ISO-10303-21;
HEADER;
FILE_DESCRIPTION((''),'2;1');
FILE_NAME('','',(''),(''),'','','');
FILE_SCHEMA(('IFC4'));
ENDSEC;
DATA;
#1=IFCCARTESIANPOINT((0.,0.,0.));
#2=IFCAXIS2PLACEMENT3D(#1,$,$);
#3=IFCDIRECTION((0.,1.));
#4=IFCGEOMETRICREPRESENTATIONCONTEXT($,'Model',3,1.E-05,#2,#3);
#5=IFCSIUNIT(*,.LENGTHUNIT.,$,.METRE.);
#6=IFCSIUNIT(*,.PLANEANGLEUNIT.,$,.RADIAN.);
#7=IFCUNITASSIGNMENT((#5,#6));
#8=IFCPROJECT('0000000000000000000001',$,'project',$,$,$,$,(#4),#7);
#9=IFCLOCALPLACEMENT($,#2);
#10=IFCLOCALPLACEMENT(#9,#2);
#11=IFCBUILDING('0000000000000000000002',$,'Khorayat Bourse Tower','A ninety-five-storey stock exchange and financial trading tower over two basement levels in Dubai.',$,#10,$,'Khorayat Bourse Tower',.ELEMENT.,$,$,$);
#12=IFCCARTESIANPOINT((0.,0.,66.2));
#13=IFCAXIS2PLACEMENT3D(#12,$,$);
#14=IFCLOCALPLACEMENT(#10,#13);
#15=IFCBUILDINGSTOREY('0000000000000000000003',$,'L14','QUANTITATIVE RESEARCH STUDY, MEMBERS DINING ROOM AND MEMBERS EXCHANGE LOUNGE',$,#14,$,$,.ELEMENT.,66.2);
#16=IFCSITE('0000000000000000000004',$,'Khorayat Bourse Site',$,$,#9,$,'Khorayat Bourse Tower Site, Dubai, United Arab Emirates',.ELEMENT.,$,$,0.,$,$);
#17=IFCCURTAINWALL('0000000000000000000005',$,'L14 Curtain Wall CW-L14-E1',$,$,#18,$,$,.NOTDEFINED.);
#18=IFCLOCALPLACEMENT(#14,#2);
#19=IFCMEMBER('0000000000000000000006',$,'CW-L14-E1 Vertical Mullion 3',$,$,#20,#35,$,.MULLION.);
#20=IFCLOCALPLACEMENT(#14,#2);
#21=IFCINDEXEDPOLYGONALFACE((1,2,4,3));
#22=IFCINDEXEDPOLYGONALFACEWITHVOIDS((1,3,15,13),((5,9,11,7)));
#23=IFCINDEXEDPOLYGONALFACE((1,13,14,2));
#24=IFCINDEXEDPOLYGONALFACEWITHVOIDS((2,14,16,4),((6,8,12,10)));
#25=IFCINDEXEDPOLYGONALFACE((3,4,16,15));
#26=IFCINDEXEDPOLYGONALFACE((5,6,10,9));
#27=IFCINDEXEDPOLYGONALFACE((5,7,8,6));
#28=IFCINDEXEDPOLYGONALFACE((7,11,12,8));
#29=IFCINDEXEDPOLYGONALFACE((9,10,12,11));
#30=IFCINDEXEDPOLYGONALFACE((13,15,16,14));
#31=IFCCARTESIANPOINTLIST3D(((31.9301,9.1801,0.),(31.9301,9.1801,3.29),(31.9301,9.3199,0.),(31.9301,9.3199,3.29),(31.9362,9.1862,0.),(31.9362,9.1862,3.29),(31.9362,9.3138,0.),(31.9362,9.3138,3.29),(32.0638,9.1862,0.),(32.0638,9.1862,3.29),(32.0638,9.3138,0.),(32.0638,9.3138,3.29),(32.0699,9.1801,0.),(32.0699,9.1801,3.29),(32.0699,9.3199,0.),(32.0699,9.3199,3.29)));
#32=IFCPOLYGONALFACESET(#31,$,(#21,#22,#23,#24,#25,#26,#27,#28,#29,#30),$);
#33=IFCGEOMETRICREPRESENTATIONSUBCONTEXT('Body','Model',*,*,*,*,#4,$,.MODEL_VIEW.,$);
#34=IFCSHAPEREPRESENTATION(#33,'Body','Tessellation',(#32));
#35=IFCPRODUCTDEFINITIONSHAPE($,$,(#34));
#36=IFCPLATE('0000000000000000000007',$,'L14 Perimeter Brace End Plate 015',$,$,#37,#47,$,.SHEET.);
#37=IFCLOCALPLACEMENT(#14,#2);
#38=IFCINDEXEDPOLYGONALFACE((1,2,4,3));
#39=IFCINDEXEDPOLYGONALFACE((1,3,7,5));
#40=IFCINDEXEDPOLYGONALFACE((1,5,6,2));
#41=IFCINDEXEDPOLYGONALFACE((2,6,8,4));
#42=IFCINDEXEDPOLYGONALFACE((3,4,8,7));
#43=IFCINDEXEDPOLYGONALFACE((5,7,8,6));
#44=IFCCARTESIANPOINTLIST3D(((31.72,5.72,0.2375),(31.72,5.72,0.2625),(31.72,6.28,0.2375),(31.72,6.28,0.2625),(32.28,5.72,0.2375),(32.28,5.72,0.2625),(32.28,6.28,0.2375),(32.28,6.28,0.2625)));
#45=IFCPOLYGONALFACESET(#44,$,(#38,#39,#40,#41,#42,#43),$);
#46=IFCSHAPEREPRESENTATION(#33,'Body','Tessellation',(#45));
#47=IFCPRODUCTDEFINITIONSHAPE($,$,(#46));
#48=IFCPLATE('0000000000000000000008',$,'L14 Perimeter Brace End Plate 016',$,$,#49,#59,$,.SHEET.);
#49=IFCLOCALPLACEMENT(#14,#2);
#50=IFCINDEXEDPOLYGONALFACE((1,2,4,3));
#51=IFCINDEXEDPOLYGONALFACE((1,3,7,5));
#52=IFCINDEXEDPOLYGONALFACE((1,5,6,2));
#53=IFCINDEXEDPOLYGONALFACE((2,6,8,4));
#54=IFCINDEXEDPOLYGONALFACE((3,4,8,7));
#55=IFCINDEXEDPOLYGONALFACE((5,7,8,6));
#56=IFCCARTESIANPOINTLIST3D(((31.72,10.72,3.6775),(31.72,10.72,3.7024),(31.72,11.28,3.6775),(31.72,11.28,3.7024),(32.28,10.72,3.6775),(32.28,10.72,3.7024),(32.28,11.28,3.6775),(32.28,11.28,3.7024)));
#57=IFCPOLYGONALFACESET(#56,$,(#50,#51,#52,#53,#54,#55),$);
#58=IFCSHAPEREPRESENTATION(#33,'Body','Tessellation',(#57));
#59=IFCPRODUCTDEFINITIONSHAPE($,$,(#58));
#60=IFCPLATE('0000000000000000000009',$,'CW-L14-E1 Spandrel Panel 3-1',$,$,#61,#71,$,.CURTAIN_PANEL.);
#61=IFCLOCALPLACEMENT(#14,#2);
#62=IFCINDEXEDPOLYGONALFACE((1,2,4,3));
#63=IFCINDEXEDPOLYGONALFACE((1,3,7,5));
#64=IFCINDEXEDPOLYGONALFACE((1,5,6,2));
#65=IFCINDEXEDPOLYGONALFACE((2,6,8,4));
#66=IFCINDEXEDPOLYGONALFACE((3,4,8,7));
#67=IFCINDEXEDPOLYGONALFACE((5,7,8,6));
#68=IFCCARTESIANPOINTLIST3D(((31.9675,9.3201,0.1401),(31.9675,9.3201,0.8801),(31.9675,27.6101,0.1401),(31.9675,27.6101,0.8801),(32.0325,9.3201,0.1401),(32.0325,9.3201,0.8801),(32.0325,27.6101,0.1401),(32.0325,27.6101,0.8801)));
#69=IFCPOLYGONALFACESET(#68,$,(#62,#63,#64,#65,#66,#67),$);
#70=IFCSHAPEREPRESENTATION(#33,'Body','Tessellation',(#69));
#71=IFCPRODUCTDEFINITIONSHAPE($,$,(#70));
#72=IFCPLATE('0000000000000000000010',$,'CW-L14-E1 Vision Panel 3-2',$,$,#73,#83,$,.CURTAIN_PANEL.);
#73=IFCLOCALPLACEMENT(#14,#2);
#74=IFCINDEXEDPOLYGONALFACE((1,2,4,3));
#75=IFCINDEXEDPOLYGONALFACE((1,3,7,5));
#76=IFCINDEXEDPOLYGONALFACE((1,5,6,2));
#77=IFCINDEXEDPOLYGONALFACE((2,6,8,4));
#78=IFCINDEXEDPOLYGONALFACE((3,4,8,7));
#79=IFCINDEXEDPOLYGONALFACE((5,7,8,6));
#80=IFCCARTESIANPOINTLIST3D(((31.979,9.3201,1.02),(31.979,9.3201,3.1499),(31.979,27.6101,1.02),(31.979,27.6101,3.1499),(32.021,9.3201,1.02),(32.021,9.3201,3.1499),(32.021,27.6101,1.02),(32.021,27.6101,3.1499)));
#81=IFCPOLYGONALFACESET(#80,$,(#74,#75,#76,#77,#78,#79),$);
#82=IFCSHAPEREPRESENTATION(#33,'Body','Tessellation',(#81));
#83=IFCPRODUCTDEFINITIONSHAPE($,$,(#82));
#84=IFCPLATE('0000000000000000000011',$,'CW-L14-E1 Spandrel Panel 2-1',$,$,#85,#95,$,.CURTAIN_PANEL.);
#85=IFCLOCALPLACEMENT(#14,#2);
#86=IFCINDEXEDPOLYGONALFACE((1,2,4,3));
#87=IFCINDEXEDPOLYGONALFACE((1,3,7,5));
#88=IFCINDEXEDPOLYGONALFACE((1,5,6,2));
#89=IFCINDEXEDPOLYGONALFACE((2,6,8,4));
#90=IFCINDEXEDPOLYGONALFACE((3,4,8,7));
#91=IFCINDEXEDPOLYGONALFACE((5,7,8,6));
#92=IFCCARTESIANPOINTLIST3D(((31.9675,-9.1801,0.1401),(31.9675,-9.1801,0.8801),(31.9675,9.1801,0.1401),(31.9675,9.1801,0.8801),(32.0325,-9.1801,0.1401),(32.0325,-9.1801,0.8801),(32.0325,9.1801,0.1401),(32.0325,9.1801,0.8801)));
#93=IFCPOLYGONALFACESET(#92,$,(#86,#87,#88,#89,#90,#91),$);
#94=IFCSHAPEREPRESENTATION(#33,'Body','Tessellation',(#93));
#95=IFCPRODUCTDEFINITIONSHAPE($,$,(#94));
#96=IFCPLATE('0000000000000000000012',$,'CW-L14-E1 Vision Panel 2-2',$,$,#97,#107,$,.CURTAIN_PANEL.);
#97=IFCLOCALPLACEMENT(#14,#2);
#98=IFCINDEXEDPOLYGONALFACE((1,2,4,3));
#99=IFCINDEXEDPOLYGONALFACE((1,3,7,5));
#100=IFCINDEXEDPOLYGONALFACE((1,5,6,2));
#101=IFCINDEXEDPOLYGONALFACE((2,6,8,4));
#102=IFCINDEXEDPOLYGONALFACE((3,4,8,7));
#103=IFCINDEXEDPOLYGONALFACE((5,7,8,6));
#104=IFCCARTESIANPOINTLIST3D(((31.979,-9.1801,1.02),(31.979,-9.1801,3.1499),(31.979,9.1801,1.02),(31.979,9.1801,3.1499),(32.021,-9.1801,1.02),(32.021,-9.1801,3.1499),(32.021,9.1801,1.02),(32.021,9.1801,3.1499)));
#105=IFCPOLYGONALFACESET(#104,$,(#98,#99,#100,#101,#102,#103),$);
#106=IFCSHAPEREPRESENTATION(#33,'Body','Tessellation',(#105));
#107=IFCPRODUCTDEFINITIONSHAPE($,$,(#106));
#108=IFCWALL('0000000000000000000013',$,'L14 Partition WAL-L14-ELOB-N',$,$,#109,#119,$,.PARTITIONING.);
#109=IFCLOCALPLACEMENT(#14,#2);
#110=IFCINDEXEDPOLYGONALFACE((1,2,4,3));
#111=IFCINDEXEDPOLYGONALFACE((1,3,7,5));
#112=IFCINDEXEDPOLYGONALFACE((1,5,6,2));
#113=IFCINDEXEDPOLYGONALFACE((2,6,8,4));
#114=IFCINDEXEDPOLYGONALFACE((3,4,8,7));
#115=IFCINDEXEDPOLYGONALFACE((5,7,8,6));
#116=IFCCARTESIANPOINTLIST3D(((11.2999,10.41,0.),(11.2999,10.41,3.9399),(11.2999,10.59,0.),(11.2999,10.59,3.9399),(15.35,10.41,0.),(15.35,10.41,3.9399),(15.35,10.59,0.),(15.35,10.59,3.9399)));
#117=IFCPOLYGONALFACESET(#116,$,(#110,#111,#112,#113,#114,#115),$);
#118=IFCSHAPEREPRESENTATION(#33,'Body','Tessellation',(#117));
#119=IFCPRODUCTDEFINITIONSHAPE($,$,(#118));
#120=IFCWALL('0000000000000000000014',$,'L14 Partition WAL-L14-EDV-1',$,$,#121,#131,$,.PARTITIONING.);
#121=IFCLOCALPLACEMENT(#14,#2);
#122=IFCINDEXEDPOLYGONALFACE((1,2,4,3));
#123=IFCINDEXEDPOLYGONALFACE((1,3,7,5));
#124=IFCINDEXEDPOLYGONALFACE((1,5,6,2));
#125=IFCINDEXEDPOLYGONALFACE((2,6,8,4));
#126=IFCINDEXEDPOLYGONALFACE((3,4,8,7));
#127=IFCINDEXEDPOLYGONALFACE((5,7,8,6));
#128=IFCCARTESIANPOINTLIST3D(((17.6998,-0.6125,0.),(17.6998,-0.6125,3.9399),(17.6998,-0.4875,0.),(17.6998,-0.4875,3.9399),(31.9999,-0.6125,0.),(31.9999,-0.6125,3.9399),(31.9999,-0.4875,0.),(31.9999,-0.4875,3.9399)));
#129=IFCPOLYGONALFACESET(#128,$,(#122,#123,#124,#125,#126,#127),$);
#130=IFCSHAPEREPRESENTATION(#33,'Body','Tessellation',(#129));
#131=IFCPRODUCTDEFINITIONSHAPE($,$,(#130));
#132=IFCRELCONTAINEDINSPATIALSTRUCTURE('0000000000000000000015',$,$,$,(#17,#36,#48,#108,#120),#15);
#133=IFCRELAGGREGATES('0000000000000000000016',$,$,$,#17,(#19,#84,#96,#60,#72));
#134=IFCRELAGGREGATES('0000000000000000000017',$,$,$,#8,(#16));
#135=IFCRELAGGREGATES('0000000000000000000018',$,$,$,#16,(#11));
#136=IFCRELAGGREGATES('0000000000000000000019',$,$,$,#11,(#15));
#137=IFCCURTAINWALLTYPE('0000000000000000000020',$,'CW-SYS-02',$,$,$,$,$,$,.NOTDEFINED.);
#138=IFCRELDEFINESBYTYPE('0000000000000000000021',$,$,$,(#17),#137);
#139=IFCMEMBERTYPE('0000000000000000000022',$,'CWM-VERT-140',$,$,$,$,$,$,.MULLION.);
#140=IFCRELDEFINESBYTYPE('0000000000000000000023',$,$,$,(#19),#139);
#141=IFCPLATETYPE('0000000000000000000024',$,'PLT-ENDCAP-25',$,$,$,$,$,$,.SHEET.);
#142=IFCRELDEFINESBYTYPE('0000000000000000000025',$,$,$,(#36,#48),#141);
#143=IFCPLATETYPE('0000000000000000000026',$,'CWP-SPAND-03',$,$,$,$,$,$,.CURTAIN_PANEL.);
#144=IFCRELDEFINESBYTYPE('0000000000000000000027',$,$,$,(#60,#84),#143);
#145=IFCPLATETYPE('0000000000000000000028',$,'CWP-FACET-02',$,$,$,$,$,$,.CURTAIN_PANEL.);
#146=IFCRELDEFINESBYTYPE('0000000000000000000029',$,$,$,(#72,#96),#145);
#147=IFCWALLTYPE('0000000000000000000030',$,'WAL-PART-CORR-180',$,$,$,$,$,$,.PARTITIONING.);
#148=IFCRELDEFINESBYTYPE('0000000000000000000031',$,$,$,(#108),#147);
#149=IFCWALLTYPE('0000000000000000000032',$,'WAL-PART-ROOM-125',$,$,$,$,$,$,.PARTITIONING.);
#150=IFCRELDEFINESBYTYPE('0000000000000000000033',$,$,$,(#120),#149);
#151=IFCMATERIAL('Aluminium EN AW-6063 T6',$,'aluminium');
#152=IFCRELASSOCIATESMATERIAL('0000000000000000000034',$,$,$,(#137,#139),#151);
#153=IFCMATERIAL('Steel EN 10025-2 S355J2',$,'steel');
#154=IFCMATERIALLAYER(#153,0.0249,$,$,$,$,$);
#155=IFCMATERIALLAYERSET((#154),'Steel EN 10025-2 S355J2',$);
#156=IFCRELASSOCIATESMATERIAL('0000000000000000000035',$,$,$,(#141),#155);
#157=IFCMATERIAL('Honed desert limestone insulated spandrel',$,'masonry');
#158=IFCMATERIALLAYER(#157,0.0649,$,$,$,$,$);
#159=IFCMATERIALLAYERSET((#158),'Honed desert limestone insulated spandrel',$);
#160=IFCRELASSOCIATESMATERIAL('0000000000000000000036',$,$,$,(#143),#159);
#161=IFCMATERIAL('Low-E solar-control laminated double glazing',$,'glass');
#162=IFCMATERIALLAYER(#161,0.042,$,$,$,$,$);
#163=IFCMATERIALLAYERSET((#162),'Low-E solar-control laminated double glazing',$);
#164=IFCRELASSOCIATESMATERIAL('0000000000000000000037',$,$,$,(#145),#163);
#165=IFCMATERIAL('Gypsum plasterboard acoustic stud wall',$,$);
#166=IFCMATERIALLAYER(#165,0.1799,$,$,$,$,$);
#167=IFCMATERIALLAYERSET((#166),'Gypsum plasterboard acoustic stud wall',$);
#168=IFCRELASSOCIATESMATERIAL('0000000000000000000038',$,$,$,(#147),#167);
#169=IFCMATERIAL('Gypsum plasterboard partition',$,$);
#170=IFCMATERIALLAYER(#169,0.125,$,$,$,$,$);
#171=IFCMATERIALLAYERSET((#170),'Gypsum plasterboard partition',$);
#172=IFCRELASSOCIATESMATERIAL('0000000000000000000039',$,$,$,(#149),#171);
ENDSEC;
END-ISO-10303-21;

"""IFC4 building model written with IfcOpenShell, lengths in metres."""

from ifc_helpers import new_model, si_unit, direction, frame, frame_2d, origin, origin_2d, place, context, subcontext, project, spatial, rectangle, hollow_rectangle, extrude, source, transform, mapped, material, layer, layer_set, material_profile, profile_set, type_object, element, aggregate, save


model = new_model("IFC4")

# Units and contexts
model_context = context("Model", 3, precision=1e-05, world=origin(), true_north=direction((0.0, 1.0)))
body_context = subcontext(model_context, "Body", "Model", "MODEL_VIEW")
ifc_project = project(units=[si_unit("LENGTHUNIT", "METRE"), si_unit("PLANEANGLEUNIT", "RADIAN")], contexts=[model_context])

# Site, building, storey
site_placement = place(None, origin())
site = spatial("IfcSite", under=ifc_project, at=site_placement, Name="Khorayat Bourse Site", LongName="Khorayat Bourse Tower Site, Dubai, United Arab Emirates", CompositionType="ELEMENT", RefElevation=0.0)
building_placement = place(site_placement, origin())
building = spatial("IfcBuilding", under=site, at=building_placement, Name="Khorayat Bourse Tower", Description="A ninety-five-storey stock exchange and financial trading tower over two basement levels in Dubai.", LongName="Khorayat Bourse Tower", CompositionType="ELEMENT")
storey_placement = place(building_placement, frame((0.0, 0.0, 66.2)))
storey = spatial("IfcBuildingStorey", under=building, at=storey_placement, Name="L14", Description="QUANTITATIVE RESEARCH STUDY, MEMBERS DINING ROOM AND MEMBERS EXCHANGE LOUNGE", CompositionType="ELEMENT", Elevation=66.2)

# Curtain wall, member
ifc_material_1 = material(Name="Aluminium EN AW-6063 T6", Category="aluminium")
curtain_wall_type = type_object("IfcCurtainWallType", Name="CW-SYS-02", PredefinedType="NOTDEFINED", material=ifc_material_1)
curtain_wall_placement = place(storey_placement, origin())
curtain_wall = element("IfcCurtainWall", 1, at=curtain_wall_placement, inside=storey, type_object=curtain_wall_type, Name="L14 Curtain Wall CW-L14-E1", PredefinedType="NOTDEFINED")
ifc_material_profile_1 = material_profile(ifc_material_1, hollow_rectangle(XDim=0.1399, YDim=0.1399, WallThickness=0.0061, at=origin_2d()), Name="ALU 140x140x6")
ifc_profile_set_1 = profile_set([ifc_material_profile_1], Name="Aluminium EN AW-6063 T6")
member_type_1 = type_object("IfcMemberType", Name="CWM-VERT-140", PredefinedType="MULLION", material=ifc_profile_set_1)
shared_shape_1 = source(origin(), body_context, "Body", "SweptSolid", [
    extrude(hollow_rectangle(XDim=0.1399, YDim=0.1399, WallThickness=0.0061, at=origin_2d()), origin(), (0.0, 0.0, 1.0), 3.29),
])
member_1_placement = place(storey_placement, frame((32.0, 9.25, 0.0), z_axis=(0.0, 0.0, 1.0), x_axis=(-1.0, 0.0, 0.0)))
member_1 = element("IfcMember", 2, at=member_1_placement, type_object=member_type_1, Name="CW-L14-E1 Vertical Mullion 3", PredefinedType="MULLION", context=body_context, shape_type="MappedRepresentation", body=[
    mapped(shared_shape_1, transform((0.0, 0.0, 0.0), scale=1.0)),
])

# Plates
ifc_material_2 = material(Name="Steel EN 10025-2 S355J2", Category="steel")
ifc_layer_1 = layer(ifc_material_2, 0.0249)
ifc_layer_set_1 = layer_set([ifc_layer_1], Name="Steel EN 10025-2 S355J2")
plate_type_1 = type_object("IfcPlateType", Name="PLT-ENDCAP-25", PredefinedType="SHEET", material=ifc_layer_set_1)
shared_shape_2 = source(origin(), body_context, "Body", "SweptSolid", [
    extrude(rectangle(XDim=0.5601, YDim=0.5601, at=origin_2d()), origin(), (0.0, 0.0, 1.0), 0.0249),
])
for number, where, z_axis, x_axis, name in (
    (3, (32.0, 6.0, 0.2375), (0.0, 0.0, 1.0), (1.0, 0.0, 0.0), "L14 Perimeter Brace End Plate 015"),
    (4, (32.0, 11.0, 3.6775), (0.0, 0.0, 1.0), (1.0, 0.0, 0.0), "L14 Perimeter Brace End Plate 016"),
):
    element("IfcPlate", number, at=place(storey_placement, frame(where, z_axis=z_axis, x_axis=x_axis)), inside=storey, type_object=plate_type_1, Name=name, PredefinedType="SHEET", context=body_context, shape_type="MappedRepresentation", body=[
        mapped(shared_shape_2, transform((0.0, 0.0, 0.0), scale=1.0)),
    ])

# Plates
ifc_material_3 = material(Name="Honed desert limestone insulated spandrel", Category="masonry")
ifc_layer_2 = layer(ifc_material_3, 0.0649)
ifc_layer_set_2 = layer_set([ifc_layer_2], Name="Honed desert limestone insulated spandrel")
plate_type_2 = type_object("IfcPlateType", Name="CWP-SPAND-03", PredefinedType="CURTAIN_PANEL", material=ifc_layer_set_2)
shared_shape_3 = source(origin(), body_context, "Body", "SweptSolid", [
    extrude(rectangle(XDim=18.29, YDim=0.0649, at=origin_2d()), origin(), (0.0, 0.0, 1.0), 0.74),
])
plate_1_placement = place(storey_placement, frame((32.0, 18.4651, 0.1401), z_axis=(0.0, 0.0, 1.0), x_axis=(0.0, 1.0, 0.0)))
plate_1 = element("IfcPlate", 5, at=plate_1_placement, type_object=plate_type_2, Name="CW-L14-E1 Spandrel Panel 3-1", PredefinedType="CURTAIN_PANEL", context=body_context, shape_type="MappedRepresentation", body=[
    mapped(shared_shape_3, transform((0.0, 0.0, 0.0), scale=1.0)),
])
ifc_material_4 = material(Name="Low-E solar-control laminated double glazing", Category="glass")
ifc_layer_3 = layer(ifc_material_4, 0.042)
ifc_layer_set_3 = layer_set([ifc_layer_3], Name="Low-E solar-control laminated double glazing")
plate_type_3 = type_object("IfcPlateType", Name="CWP-FACET-02", PredefinedType="CURTAIN_PANEL", material=ifc_layer_set_3)
shared_shape_4 = source(origin(), body_context, "Body", "SweptSolid", [
    extrude(rectangle(XDim=18.29, YDim=0.042, at=origin_2d()), origin(), (0.0, 0.0, 1.0), 2.1299),
])
plate_2_placement = place(storey_placement, frame((32.0, 18.4651, 1.02), z_axis=(0.0, 0.0, 1.0), x_axis=(0.0, 1.0, 0.0)))
plate_2 = element("IfcPlate", 6, at=plate_2_placement, type_object=plate_type_3, Name="CW-L14-E1 Vision Panel 3-2", PredefinedType="CURTAIN_PANEL", context=body_context, shape_type="MappedRepresentation", body=[
    mapped(shared_shape_4, transform((0.0, 0.0, 0.0), scale=1.0)),
])
shared_shape_5 = source(origin(), body_context, "Body", "SweptSolid", [
    extrude(rectangle(XDim=18.3601, YDim=0.0649, at=origin_2d()), origin(), (0.0, 0.0, 1.0), 0.74),
])
plate_3_placement = place(storey_placement, frame((32.0, 0.0, 0.1401), z_axis=(0.0, 0.0, 1.0), x_axis=(0.0, 1.0, 0.0)))
plate_3 = element("IfcPlate", 7, at=plate_3_placement, type_object=plate_type_2, Name="CW-L14-E1 Spandrel Panel 2-1", PredefinedType="CURTAIN_PANEL", context=body_context, shape_type="MappedRepresentation", body=[
    mapped(shared_shape_5, transform((0.0, 0.0, 0.0), scale=1.0)),
])
shared_shape_6 = source(origin(), body_context, "Body", "SweptSolid", [
    extrude(rectangle(XDim=18.3601, YDim=0.042, at=origin_2d()), origin(), (0.0, 0.0, 1.0), 2.1299),
])
plate_4_placement = place(storey_placement, frame((32.0, 0.0, 1.02), z_axis=(0.0, 0.0, 1.0), x_axis=(0.0, 1.0, 0.0)))
plate_4 = element("IfcPlate", 8, at=plate_4_placement, type_object=plate_type_3, Name="CW-L14-E1 Vision Panel 2-2", PredefinedType="CURTAIN_PANEL", context=body_context, shape_type="MappedRepresentation", body=[
    mapped(shared_shape_6, transform((0.0, 0.0, 0.0), scale=1.0)),
])
aggregate(curtain_wall, [member_1, plate_3, plate_4, plate_1, plate_2])

# Walls
ifc_material_5 = material(Name="Gypsum plasterboard acoustic stud wall")
ifc_layer_4 = layer(ifc_material_5, 0.1799)
ifc_layer_set_4 = layer_set([ifc_layer_4], Name="Gypsum plasterboard acoustic stud wall")
wall_type_1 = type_object("IfcWallType", Name="WAL-PART-CORR-180", PredefinedType="PARTITIONING", material=ifc_layer_set_4)
shared_shape_7 = source(origin(), body_context, "Body", "SweptSolid", [
    extrude(rectangle(XDim=4.05, YDim=0.1799, at=frame_2d((2.0249, 0.0))), origin(), (0.0, 0.0, 1.0), 3.9399),
])
wall_1_placement = place(storey_placement, frame((11.3, 10.5, 0.0), z_axis=(0.0, 0.0, 1.0), x_axis=(1.0, 0.0, 0.0)))
element("IfcWall", 9, at=wall_1_placement, inside=storey, type_object=wall_type_1, Name="L14 Partition WAL-L14-ELOB-N", PredefinedType="PARTITIONING", context=body_context, shape_type="MappedRepresentation", body=[
    mapped(shared_shape_7, transform((0.0, 0.0, 0.0), scale=1.0)),
])
ifc_material_6 = material(Name="Gypsum plasterboard partition")
ifc_layer_5 = layer(ifc_material_6, 0.125)
ifc_layer_set_5 = layer_set([ifc_layer_5], Name="Gypsum plasterboard partition")
wall_type_2 = type_object("IfcWallType", Name="WAL-PART-ROOM-125", PredefinedType="PARTITIONING", material=ifc_layer_set_5)
shared_shape_8 = source(origin(), body_context, "Body", "SweptSolid", [
    extrude(rectangle(XDim=14.3, YDim=0.125, at=frame_2d((7.1499, 0.0))), origin(), (0.0, 0.0, 1.0), 3.9399),
])
wall_2_placement = place(storey_placement, frame((17.7, -0.55, 0.0), z_axis=(0.0, 0.0, 1.0), x_axis=(1.0, 0.0, 0.0)))
element("IfcWall", 10, at=wall_2_placement, inside=storey, type_object=wall_type_2, Name="L14 Partition WAL-L14-EDV-1", PredefinedType="PARTITIONING", context=body_context, shape_type="MappedRepresentation", body=[
    mapped(shared_shape_8, transform((0.0, 0.0, 0.0), scale=1.0)),
])

save(model, "model.ifc")
